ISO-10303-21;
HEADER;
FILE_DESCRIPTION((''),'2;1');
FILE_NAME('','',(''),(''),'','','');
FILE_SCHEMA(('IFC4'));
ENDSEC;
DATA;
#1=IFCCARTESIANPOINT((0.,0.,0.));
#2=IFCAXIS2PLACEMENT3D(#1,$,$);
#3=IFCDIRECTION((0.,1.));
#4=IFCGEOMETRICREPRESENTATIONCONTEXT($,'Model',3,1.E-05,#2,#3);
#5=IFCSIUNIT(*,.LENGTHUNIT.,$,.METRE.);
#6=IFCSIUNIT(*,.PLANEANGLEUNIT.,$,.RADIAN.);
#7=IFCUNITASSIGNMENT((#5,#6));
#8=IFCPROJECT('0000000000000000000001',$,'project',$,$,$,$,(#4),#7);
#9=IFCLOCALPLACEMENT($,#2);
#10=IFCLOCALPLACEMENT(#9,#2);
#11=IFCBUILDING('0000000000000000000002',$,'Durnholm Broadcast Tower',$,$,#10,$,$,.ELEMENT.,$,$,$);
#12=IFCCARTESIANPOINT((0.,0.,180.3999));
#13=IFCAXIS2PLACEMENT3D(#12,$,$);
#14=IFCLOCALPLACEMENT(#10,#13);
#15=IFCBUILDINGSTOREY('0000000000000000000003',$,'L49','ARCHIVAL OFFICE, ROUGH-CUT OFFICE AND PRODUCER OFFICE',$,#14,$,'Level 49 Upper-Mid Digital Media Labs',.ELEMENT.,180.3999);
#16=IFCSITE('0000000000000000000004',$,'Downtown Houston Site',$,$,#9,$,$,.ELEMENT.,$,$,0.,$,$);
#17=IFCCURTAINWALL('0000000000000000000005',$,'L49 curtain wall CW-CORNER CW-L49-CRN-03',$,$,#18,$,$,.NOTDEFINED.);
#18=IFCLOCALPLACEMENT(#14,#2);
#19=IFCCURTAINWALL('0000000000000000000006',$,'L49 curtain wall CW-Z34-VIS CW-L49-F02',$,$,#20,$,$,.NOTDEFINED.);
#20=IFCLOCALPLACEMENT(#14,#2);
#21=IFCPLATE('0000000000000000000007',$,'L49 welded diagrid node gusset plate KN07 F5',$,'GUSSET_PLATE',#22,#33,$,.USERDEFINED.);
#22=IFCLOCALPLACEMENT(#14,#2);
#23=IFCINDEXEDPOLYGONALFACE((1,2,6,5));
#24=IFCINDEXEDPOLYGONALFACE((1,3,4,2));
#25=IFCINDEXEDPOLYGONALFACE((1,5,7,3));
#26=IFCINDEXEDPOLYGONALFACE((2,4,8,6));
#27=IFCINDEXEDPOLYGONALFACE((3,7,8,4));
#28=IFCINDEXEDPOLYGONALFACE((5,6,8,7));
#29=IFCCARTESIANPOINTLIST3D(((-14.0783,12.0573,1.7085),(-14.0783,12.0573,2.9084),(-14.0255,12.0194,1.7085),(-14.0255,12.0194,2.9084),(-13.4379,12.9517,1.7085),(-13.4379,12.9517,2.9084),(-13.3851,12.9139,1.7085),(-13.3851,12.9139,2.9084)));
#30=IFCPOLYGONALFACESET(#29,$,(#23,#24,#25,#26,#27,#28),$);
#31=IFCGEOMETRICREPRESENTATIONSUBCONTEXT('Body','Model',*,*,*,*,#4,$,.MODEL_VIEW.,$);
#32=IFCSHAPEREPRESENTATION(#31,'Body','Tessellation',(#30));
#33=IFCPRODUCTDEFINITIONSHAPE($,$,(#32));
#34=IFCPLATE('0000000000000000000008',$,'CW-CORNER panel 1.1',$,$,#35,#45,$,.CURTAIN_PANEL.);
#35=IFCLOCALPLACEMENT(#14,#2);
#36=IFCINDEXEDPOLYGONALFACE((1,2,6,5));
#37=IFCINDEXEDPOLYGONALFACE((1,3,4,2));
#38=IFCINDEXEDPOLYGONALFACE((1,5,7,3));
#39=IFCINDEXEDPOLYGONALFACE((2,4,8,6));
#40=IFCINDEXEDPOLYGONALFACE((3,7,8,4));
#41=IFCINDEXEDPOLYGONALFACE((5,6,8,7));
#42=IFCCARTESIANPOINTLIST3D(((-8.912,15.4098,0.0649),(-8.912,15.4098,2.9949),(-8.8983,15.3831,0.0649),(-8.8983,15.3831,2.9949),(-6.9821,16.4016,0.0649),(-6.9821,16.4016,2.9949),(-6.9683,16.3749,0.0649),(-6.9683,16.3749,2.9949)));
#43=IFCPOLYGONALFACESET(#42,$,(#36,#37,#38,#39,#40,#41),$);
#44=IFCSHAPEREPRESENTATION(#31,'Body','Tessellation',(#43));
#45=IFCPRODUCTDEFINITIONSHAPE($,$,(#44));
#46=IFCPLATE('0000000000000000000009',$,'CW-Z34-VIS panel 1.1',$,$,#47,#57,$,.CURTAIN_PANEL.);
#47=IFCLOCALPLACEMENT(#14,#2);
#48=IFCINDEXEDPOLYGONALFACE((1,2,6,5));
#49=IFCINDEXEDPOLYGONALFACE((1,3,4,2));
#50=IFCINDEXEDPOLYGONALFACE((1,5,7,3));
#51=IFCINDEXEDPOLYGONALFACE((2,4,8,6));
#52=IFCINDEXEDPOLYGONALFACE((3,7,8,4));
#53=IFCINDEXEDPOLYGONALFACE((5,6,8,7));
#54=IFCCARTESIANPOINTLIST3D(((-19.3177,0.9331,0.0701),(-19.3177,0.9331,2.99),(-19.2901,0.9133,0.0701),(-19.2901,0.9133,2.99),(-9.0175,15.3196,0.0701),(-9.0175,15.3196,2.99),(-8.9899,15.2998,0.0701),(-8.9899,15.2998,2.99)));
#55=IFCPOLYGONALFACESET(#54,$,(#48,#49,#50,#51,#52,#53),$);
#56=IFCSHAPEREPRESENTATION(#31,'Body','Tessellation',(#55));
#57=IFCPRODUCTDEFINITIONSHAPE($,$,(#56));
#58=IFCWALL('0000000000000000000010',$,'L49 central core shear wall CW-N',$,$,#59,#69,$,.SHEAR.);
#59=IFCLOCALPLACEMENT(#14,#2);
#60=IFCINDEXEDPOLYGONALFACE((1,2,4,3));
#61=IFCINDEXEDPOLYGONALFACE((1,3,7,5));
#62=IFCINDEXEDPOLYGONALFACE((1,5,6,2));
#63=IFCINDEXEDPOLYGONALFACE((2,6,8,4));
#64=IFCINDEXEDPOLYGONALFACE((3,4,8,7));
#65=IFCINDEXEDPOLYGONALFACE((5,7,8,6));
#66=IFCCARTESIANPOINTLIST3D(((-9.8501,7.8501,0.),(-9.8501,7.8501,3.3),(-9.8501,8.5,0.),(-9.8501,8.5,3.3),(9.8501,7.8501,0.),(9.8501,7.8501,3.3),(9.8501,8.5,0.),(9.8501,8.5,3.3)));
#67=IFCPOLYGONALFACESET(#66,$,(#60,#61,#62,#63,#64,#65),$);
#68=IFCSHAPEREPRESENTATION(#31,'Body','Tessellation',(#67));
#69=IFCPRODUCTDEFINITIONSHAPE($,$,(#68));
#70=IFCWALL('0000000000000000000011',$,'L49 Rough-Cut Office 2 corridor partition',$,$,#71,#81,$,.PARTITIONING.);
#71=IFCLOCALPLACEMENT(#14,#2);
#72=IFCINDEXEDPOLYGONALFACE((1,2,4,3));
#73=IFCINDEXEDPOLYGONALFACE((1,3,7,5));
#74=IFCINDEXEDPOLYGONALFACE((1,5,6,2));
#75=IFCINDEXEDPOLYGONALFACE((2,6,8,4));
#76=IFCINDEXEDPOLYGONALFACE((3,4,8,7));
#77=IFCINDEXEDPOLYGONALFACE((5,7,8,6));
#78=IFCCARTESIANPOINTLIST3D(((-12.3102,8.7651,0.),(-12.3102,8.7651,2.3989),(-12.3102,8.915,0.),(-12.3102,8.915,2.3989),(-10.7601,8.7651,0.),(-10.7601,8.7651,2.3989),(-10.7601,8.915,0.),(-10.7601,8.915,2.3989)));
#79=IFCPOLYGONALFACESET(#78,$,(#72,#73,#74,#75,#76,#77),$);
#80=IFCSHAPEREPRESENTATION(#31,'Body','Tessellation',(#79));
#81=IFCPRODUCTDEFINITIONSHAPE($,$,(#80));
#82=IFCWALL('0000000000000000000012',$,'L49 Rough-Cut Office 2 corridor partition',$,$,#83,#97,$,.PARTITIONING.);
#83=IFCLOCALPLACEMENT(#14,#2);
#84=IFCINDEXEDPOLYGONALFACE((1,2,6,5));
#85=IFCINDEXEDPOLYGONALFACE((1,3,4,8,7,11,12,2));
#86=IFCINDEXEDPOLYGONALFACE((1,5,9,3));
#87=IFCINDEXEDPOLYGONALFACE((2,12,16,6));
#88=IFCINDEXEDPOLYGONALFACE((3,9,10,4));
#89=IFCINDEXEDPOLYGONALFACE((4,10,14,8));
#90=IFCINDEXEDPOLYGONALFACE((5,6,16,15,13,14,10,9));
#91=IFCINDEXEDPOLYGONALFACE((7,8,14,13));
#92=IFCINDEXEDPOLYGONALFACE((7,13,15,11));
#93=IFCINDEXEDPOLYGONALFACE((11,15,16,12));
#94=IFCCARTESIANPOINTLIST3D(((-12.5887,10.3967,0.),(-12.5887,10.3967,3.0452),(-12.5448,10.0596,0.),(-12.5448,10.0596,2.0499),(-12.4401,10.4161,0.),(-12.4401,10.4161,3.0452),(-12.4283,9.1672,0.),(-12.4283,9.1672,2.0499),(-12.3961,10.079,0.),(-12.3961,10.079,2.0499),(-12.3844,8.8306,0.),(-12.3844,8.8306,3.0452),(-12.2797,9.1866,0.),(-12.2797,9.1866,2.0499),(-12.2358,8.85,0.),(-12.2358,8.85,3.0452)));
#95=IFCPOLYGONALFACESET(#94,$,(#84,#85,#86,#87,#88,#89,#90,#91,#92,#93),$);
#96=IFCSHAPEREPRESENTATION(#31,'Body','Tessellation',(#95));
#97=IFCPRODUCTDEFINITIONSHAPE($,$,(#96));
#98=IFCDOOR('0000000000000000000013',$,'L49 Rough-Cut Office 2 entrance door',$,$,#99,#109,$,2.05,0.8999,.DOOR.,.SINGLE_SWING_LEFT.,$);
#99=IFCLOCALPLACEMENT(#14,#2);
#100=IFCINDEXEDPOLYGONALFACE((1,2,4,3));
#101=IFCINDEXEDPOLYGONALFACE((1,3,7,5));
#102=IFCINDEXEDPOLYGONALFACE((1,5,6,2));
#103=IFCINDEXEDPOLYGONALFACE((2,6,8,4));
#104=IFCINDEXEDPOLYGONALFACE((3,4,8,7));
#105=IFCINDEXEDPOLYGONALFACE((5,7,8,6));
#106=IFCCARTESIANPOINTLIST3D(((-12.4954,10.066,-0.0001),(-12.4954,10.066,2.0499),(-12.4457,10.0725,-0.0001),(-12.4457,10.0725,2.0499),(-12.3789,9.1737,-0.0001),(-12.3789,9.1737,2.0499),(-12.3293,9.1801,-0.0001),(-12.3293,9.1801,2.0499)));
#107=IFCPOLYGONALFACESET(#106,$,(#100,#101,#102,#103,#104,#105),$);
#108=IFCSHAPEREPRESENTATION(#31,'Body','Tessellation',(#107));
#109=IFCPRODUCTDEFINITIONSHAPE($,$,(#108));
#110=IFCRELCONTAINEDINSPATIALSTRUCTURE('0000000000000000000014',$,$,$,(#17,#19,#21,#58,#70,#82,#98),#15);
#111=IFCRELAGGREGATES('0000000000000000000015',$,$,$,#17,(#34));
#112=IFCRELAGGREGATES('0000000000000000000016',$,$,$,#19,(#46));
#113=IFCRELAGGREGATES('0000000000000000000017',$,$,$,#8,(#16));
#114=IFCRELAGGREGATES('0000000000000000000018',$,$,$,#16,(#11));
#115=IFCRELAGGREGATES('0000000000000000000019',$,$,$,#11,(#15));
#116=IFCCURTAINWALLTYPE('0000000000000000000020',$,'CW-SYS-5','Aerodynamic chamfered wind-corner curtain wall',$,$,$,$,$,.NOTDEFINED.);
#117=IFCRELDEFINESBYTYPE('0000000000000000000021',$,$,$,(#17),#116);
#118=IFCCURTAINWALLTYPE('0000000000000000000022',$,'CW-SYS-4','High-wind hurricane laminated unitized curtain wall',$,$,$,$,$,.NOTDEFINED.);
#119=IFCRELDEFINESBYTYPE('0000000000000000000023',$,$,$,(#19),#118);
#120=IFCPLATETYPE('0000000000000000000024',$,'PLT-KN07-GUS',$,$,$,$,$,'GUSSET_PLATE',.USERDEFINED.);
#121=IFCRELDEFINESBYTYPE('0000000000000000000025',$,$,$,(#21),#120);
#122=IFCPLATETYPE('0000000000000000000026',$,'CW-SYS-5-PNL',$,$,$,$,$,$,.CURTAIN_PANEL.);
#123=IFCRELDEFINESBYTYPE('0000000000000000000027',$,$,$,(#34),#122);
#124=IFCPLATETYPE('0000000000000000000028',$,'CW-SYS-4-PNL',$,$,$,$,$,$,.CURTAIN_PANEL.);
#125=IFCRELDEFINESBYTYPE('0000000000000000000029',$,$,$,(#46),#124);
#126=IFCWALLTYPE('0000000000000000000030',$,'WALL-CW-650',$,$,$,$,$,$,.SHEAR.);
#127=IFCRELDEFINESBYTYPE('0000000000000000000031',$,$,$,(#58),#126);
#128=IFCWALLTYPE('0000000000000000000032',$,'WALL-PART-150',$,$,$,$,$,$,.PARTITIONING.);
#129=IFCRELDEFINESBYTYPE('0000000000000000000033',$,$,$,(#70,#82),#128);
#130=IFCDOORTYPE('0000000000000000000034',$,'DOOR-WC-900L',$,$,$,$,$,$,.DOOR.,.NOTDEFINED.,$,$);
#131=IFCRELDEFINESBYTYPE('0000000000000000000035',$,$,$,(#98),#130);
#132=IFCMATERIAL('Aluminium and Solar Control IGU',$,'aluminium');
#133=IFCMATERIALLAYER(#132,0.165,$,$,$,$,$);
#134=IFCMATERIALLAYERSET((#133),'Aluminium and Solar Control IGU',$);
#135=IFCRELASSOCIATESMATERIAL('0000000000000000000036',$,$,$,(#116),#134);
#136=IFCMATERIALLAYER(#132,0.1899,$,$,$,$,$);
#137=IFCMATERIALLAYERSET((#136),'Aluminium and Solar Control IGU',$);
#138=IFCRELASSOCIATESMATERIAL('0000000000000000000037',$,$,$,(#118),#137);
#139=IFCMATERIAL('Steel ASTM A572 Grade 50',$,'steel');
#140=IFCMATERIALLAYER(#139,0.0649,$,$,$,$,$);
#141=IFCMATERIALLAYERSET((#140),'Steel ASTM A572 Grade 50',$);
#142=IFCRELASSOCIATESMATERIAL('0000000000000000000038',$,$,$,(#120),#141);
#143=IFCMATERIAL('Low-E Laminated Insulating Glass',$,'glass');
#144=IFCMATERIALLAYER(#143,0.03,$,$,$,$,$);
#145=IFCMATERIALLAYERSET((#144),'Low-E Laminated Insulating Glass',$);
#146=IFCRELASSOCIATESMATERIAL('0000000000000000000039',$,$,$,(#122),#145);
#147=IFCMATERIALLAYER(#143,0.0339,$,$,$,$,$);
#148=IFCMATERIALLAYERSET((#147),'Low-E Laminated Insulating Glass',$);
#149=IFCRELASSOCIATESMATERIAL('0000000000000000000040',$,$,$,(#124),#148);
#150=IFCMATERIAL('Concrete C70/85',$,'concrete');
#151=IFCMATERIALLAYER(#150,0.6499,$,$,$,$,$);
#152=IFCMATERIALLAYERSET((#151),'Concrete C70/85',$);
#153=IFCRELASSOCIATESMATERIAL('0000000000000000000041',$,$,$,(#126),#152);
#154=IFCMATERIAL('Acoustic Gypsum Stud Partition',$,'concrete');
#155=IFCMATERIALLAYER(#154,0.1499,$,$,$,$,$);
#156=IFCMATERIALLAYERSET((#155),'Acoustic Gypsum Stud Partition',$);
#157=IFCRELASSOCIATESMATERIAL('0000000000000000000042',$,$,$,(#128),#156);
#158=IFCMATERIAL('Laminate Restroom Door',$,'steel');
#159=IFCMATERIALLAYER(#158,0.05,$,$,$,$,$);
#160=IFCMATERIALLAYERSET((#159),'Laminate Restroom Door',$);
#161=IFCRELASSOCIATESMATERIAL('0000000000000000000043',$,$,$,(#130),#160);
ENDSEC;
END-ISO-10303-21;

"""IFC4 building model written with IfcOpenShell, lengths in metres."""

from ifc_helpers import new_model, si_unit, direction, frame, frame_2d, origin, origin_2d, place, context, subcontext, project, spatial, rectangle, extrude, source, transform, mapped, material, layer, layer_set, type_object, type_shapes, element, fill, aggregate, save


model = new_model("IFC4")

# Units and contexts
model_context = context("Model", 3, precision=1e-05, world=origin(), true_north=direction((0.0, 1.0)))
body_context = subcontext(model_context, "Body", "Model", "MODEL_VIEW")
ifc_project = project(units=[si_unit("LENGTHUNIT", "METRE"), si_unit("PLANEANGLEUNIT", "RADIAN")], contexts=[model_context])

# Site, building, storey
site_placement = place(None, origin())
site = spatial("IfcSite", under=ifc_project, at=site_placement, Name="Downtown Houston Site", CompositionType="ELEMENT", RefElevation=0.0)
building_placement = place(site_placement, origin())
building = spatial("IfcBuilding", under=site, at=building_placement, Name="Durnholm Broadcast Tower", CompositionType="ELEMENT")
storey_placement = place(building_placement, frame((0.0, 0.0, 180.3999)))
storey = spatial("IfcBuildingStorey", under=building, at=storey_placement, Name="L49", Description="ARCHIVAL OFFICE, ROUGH-CUT OFFICE AND PRODUCER OFFICE", LongName="Level 49 Upper-Mid Digital Media Labs", CompositionType="ELEMENT", Elevation=180.3999)

# Shared definitions
ifc_material_1 = material(Name="Concrete C70/85", Category="concrete")

# Curtain wall
ifc_material_2 = material(Name="Aluminium and Solar Control IGU", Category="aluminium")
ifc_layer_1 = layer(ifc_material_2, 0.165)
ifc_layer_set_1 = layer_set([ifc_layer_1], Name="Aluminium and Solar Control IGU")
curtain_wall_type_1 = type_object("IfcCurtainWallType", Name="CW-SYS-5", Description="Aerodynamic chamfered wind-corner curtain wall", PredefinedType="NOTDEFINED", material=ifc_layer_set_1)
curtain_wall_1_placement = place(storey_placement, origin())
curtain_wall_1 = element("IfcCurtainWall", 1, at=curtain_wall_1_placement, inside=storey, type_object=curtain_wall_type_1, Name="L49 curtain wall CW-CORNER CW-L49-CRN-03", PredefinedType="NOTDEFINED")

# Curtain wall
ifc_layer_2 = layer(ifc_material_2, 0.1899)
ifc_layer_set_2 = layer_set([ifc_layer_2], Name="Aluminium and Solar Control IGU")
curtain_wall_type_2 = type_object("IfcCurtainWallType", Name="CW-SYS-4", Description="High-wind hurricane laminated unitized curtain wall", PredefinedType="NOTDEFINED", material=ifc_layer_set_2)
curtain_wall_2_placement = place(storey_placement, origin())
curtain_wall_2 = element("IfcCurtainWall", 2, at=curtain_wall_2_placement, inside=storey, type_object=curtain_wall_type_2, Name="L49 curtain wall CW-Z34-VIS CW-L49-F02", PredefinedType="NOTDEFINED")

# Plate
ifc_material_3 = material(Name="Steel ASTM A572 Grade 50", Category="steel")
ifc_layer_3 = layer(ifc_material_3, 0.0649)
ifc_layer_set_3 = layer_set([ifc_layer_3], Name="Steel ASTM A572 Grade 50")
plate_type_1 = type_object("IfcPlateType", Name="PLT-KN07-GUS", ElementType="GUSSET_PLATE", PredefinedType="USERDEFINED", material=ifc_layer_set_3)
shared_shape_1 = source(origin(), body_context, "Body", "SweptSolid", [
    extrude(rectangle(XDim=1.1001, YDim=0.0649, at=origin_2d()), origin(), (0.0, 0.0, 1.0), 1.2),
])
type_shapes(plate_type_1, [shared_shape_1])
plate_1_placement = place(storey_placement, frame((-13.7317, 12.4856, 1.7085), z_axis=(0.0, 0.0, 1.0), x_axis=(-0.582123, -0.813101, 0.0)))
element("IfcPlate", 3, at=plate_1_placement, inside=storey, type_object=plate_type_1, Name="L49 welded diagrid node gusset plate KN07 F5", ObjectType="GUSSET_PLATE", PredefinedType="USERDEFINED", context=body_context, shape_type="MappedRepresentation", body=[
    mapped(shared_shape_1, transform((0.0, 0.0, 0.0), x_axis=(1.0, 0.0, 0.0), y_axis=(0.0, 1.0, 0.0), z_axis=(0.0, 0.0, 1.0), scale=1.0)),
])

# Plates
ifc_material_4 = material(Name="Low-E Laminated Insulating Glass", Category="glass")
ifc_layer_4 = layer(ifc_material_4, 0.03)
ifc_layer_set_4 = layer_set([ifc_layer_4], Name="Low-E Laminated Insulating Glass")
plate_type_2 = type_object("IfcPlateType", Name="CW-SYS-5-PNL", PredefinedType="CURTAIN_PANEL", material=ifc_layer_set_4)
shared_shape_2 = source(origin(), body_context, "Body", "SweptSolid", [
    extrude(rectangle(XDim=2.1699, YDim=0.03, at=origin_2d()), origin(), (0.0, 0.0, 1.0), 2.9299),
])
type_shapes(plate_type_2, [shared_shape_2])
plate_2_placement = place(storey_placement, frame((-7.9402, 15.8923, 0.0649), z_axis=(0.0, 0.0, 1.0), x_axis=(0.889425, 0.457082, 0.0)))
plate_2 = element("IfcPlate", 4, at=plate_2_placement, type_object=plate_type_2, Name="CW-CORNER panel 1.1", PredefinedType="CURTAIN_PANEL", context=body_context, shape_type="MappedRepresentation", body=[
    mapped(shared_shape_2, transform((0.0, 0.0, 0.0), x_axis=(1.0, 0.0, 0.0), y_axis=(0.0, 1.0, 0.0), z_axis=(0.0, 0.0, 1.0), scale=1.0)),
])
aggregate(curtain_wall_1, [plate_2])
ifc_layer_5 = layer(ifc_material_4, 0.0339)
ifc_layer_set_5 = layer_set([ifc_layer_5], Name="Low-E Laminated Insulating Glass")
plate_type_3 = type_object("IfcPlateType", Name="CW-SYS-4-PNL", PredefinedType="CURTAIN_PANEL", material=ifc_layer_set_5)
shared_shape_3 = source(origin(), body_context, "Body", "SweptSolid", [
    extrude(rectangle(XDim=17.6936, YDim=0.0339, at=origin_2d()), origin(), (0.0, 0.0, 1.0), 2.9199),
])
type_shapes(plate_type_3, [shared_shape_3])
plate_3_placement = place(storey_placement, frame((-14.1538, 8.1165, 0.0701), z_axis=(0.0, 0.0, 1.0), x_axis=(0.582139, 0.813089, 0.0)))
plate_3 = element("IfcPlate", 5, at=plate_3_placement, type_object=plate_type_3, Name="CW-Z34-VIS panel 1.1", PredefinedType="CURTAIN_PANEL", context=body_context, shape_type="MappedRepresentation", body=[
    mapped(shared_shape_3, transform((0.0, 0.0, 0.0), x_axis=(1.0, 0.0, 0.0), y_axis=(0.0, 1.0, 0.0), z_axis=(0.0, 0.0, 1.0), scale=1.0)),
])
aggregate(curtain_wall_2, [plate_3])

# Walls
ifc_layer_6 = layer(ifc_material_1, 0.6499)
ifc_layer_set_6 = layer_set([ifc_layer_6], Name="Concrete C70/85")
wall_type_1 = type_object("IfcWallType", Name="WALL-CW-650", PredefinedType="SHEAR", material=ifc_layer_set_6)
wall_1_placement = place(storey_placement, frame((-9.8501, 8.175, 0.0), z_axis=(0.0, 0.0, 1.0), x_axis=(1.0, 0.0, 0.0)))
element("IfcWall", 6, at=wall_1_placement, inside=storey, type_object=wall_type_1, Name="L49 central core shear wall CW-N", PredefinedType="SHEAR", context=body_context, shape_type="SweptSolid", body=[
    extrude(rectangle(XDim=19.7002, YDim=0.6499, at=frame_2d((9.8501, 0.0))), origin(), (0.0, 0.0, 1.0), 3.3),
])
ifc_material_5 = material(Name="Acoustic Gypsum Stud Partition", Category="concrete")
ifc_layer_7 = layer(ifc_material_5, 0.1499)
ifc_layer_set_7 = layer_set([ifc_layer_7], Name="Acoustic Gypsum Stud Partition")
wall_type_2 = type_object("IfcWallType", Name="WALL-PART-150", PredefinedType="PARTITIONING", material=ifc_layer_set_7)
wall_2_placement = place(storey_placement, frame((-12.3101, 8.8401, 0.0), z_axis=(0.0, 0.0, 1.0), x_axis=(1.0, 0.0, 0.0)))
element("IfcWall", 7, at=wall_2_placement, inside=storey, type_object=wall_type_2, Name="L49 Rough-Cut Office 2 corridor partition", PredefinedType="PARTITIONING", context=body_context, shape_type="SweptSolid", body=[
    extrude(rectangle(XDim=1.55, YDim=0.1499, at=frame_2d((0.7749, 0.0))), origin(), (0.0, 0.0, 1.0), 2.3989),
])

# Wall, opening, door
wall_3_placement = place(storey_placement, frame((-12.5144, 10.4062, 0.0), z_axis=(0.0, 0.0, 1.0), x_axis=(0.129379, -0.991595, 0.0)))
wall_3 = element("IfcWall", 8, at=wall_3_placement, inside=storey, type_object=wall_type_2, Name="L49 Rough-Cut Office 2 corridor partition", PredefinedType="PARTITIONING", context=body_context, shape_type="SweptSolid", body=[
    extrude(rectangle(XDim=1.5793, YDim=0.1499, at=frame_2d((0.7896, 0.0))), origin(), (0.0, 0.0, 1.0), 3.0452),
])
opening_placement = place(wall_3_placement, frame((0.3398, 0.0, 0.0)))
opening = element("IfcOpeningElement", 9, at=opening_placement, cuts=wall_3, PredefinedType="OPENING", context=body_context, shape_type="SweptSolid", body=[
    extrude(rectangle(XDim=0.8999, YDim=2.05, at=frame_2d((0.45, 1.0249))), frame((0.0, 0.085, 0.0), z_axis=(0.0, -1.0, 0.0), x_axis=(1.0, 0.0, 0.0)), (0.0, 0.0, 1.0), 0.1699),
])
ifc_material_6 = material(Name="Laminate Restroom Door", Category="steel")
ifc_layer_8 = layer(ifc_material_6, 0.05)
ifc_layer_set_8 = layer_set([ifc_layer_8], Name="Laminate Restroom Door")
door_type = type_object("IfcDoorType", Name="DOOR-WC-900L", OperationType="NOTDEFINED", PredefinedType="DOOR", material=ifc_layer_set_8)
shared_shape_4 = source(origin(), body_context, "Body", "SweptSolid", [
    extrude(rectangle(XDim=0.8999, YDim=2.05, at=frame_2d((0.45, 1.0249))), frame((0.0, 0.0249, 0.0), z_axis=(0.0, -1.0, 0.0), x_axis=(1.0, 0.0, 0.0)), (0.0, 0.0, 1.0), 0.05),
])
type_shapes(door_type, [shared_shape_4])
door_placement = place(opening_placement, origin())
door = element("IfcDoor", 10, at=door_placement, inside=storey, type_object=door_type, Name="L49 Rough-Cut Office 2 entrance door", OperationType="SINGLE_SWING_LEFT", OverallHeight=2.05, OverallWidth=0.8999, PredefinedType="DOOR", context=body_context, shape_type="MappedRepresentation", body=[
    mapped(shared_shape_4, transform((0.0, 0.0, 0.0), x_axis=(1.0, 0.0, 0.0), y_axis=(0.0, 1.0, 0.0), z_axis=(0.0, 0.0, 1.0), scale=1.0)),
])
fill(opening, door)

save(model, "model.ifc")
